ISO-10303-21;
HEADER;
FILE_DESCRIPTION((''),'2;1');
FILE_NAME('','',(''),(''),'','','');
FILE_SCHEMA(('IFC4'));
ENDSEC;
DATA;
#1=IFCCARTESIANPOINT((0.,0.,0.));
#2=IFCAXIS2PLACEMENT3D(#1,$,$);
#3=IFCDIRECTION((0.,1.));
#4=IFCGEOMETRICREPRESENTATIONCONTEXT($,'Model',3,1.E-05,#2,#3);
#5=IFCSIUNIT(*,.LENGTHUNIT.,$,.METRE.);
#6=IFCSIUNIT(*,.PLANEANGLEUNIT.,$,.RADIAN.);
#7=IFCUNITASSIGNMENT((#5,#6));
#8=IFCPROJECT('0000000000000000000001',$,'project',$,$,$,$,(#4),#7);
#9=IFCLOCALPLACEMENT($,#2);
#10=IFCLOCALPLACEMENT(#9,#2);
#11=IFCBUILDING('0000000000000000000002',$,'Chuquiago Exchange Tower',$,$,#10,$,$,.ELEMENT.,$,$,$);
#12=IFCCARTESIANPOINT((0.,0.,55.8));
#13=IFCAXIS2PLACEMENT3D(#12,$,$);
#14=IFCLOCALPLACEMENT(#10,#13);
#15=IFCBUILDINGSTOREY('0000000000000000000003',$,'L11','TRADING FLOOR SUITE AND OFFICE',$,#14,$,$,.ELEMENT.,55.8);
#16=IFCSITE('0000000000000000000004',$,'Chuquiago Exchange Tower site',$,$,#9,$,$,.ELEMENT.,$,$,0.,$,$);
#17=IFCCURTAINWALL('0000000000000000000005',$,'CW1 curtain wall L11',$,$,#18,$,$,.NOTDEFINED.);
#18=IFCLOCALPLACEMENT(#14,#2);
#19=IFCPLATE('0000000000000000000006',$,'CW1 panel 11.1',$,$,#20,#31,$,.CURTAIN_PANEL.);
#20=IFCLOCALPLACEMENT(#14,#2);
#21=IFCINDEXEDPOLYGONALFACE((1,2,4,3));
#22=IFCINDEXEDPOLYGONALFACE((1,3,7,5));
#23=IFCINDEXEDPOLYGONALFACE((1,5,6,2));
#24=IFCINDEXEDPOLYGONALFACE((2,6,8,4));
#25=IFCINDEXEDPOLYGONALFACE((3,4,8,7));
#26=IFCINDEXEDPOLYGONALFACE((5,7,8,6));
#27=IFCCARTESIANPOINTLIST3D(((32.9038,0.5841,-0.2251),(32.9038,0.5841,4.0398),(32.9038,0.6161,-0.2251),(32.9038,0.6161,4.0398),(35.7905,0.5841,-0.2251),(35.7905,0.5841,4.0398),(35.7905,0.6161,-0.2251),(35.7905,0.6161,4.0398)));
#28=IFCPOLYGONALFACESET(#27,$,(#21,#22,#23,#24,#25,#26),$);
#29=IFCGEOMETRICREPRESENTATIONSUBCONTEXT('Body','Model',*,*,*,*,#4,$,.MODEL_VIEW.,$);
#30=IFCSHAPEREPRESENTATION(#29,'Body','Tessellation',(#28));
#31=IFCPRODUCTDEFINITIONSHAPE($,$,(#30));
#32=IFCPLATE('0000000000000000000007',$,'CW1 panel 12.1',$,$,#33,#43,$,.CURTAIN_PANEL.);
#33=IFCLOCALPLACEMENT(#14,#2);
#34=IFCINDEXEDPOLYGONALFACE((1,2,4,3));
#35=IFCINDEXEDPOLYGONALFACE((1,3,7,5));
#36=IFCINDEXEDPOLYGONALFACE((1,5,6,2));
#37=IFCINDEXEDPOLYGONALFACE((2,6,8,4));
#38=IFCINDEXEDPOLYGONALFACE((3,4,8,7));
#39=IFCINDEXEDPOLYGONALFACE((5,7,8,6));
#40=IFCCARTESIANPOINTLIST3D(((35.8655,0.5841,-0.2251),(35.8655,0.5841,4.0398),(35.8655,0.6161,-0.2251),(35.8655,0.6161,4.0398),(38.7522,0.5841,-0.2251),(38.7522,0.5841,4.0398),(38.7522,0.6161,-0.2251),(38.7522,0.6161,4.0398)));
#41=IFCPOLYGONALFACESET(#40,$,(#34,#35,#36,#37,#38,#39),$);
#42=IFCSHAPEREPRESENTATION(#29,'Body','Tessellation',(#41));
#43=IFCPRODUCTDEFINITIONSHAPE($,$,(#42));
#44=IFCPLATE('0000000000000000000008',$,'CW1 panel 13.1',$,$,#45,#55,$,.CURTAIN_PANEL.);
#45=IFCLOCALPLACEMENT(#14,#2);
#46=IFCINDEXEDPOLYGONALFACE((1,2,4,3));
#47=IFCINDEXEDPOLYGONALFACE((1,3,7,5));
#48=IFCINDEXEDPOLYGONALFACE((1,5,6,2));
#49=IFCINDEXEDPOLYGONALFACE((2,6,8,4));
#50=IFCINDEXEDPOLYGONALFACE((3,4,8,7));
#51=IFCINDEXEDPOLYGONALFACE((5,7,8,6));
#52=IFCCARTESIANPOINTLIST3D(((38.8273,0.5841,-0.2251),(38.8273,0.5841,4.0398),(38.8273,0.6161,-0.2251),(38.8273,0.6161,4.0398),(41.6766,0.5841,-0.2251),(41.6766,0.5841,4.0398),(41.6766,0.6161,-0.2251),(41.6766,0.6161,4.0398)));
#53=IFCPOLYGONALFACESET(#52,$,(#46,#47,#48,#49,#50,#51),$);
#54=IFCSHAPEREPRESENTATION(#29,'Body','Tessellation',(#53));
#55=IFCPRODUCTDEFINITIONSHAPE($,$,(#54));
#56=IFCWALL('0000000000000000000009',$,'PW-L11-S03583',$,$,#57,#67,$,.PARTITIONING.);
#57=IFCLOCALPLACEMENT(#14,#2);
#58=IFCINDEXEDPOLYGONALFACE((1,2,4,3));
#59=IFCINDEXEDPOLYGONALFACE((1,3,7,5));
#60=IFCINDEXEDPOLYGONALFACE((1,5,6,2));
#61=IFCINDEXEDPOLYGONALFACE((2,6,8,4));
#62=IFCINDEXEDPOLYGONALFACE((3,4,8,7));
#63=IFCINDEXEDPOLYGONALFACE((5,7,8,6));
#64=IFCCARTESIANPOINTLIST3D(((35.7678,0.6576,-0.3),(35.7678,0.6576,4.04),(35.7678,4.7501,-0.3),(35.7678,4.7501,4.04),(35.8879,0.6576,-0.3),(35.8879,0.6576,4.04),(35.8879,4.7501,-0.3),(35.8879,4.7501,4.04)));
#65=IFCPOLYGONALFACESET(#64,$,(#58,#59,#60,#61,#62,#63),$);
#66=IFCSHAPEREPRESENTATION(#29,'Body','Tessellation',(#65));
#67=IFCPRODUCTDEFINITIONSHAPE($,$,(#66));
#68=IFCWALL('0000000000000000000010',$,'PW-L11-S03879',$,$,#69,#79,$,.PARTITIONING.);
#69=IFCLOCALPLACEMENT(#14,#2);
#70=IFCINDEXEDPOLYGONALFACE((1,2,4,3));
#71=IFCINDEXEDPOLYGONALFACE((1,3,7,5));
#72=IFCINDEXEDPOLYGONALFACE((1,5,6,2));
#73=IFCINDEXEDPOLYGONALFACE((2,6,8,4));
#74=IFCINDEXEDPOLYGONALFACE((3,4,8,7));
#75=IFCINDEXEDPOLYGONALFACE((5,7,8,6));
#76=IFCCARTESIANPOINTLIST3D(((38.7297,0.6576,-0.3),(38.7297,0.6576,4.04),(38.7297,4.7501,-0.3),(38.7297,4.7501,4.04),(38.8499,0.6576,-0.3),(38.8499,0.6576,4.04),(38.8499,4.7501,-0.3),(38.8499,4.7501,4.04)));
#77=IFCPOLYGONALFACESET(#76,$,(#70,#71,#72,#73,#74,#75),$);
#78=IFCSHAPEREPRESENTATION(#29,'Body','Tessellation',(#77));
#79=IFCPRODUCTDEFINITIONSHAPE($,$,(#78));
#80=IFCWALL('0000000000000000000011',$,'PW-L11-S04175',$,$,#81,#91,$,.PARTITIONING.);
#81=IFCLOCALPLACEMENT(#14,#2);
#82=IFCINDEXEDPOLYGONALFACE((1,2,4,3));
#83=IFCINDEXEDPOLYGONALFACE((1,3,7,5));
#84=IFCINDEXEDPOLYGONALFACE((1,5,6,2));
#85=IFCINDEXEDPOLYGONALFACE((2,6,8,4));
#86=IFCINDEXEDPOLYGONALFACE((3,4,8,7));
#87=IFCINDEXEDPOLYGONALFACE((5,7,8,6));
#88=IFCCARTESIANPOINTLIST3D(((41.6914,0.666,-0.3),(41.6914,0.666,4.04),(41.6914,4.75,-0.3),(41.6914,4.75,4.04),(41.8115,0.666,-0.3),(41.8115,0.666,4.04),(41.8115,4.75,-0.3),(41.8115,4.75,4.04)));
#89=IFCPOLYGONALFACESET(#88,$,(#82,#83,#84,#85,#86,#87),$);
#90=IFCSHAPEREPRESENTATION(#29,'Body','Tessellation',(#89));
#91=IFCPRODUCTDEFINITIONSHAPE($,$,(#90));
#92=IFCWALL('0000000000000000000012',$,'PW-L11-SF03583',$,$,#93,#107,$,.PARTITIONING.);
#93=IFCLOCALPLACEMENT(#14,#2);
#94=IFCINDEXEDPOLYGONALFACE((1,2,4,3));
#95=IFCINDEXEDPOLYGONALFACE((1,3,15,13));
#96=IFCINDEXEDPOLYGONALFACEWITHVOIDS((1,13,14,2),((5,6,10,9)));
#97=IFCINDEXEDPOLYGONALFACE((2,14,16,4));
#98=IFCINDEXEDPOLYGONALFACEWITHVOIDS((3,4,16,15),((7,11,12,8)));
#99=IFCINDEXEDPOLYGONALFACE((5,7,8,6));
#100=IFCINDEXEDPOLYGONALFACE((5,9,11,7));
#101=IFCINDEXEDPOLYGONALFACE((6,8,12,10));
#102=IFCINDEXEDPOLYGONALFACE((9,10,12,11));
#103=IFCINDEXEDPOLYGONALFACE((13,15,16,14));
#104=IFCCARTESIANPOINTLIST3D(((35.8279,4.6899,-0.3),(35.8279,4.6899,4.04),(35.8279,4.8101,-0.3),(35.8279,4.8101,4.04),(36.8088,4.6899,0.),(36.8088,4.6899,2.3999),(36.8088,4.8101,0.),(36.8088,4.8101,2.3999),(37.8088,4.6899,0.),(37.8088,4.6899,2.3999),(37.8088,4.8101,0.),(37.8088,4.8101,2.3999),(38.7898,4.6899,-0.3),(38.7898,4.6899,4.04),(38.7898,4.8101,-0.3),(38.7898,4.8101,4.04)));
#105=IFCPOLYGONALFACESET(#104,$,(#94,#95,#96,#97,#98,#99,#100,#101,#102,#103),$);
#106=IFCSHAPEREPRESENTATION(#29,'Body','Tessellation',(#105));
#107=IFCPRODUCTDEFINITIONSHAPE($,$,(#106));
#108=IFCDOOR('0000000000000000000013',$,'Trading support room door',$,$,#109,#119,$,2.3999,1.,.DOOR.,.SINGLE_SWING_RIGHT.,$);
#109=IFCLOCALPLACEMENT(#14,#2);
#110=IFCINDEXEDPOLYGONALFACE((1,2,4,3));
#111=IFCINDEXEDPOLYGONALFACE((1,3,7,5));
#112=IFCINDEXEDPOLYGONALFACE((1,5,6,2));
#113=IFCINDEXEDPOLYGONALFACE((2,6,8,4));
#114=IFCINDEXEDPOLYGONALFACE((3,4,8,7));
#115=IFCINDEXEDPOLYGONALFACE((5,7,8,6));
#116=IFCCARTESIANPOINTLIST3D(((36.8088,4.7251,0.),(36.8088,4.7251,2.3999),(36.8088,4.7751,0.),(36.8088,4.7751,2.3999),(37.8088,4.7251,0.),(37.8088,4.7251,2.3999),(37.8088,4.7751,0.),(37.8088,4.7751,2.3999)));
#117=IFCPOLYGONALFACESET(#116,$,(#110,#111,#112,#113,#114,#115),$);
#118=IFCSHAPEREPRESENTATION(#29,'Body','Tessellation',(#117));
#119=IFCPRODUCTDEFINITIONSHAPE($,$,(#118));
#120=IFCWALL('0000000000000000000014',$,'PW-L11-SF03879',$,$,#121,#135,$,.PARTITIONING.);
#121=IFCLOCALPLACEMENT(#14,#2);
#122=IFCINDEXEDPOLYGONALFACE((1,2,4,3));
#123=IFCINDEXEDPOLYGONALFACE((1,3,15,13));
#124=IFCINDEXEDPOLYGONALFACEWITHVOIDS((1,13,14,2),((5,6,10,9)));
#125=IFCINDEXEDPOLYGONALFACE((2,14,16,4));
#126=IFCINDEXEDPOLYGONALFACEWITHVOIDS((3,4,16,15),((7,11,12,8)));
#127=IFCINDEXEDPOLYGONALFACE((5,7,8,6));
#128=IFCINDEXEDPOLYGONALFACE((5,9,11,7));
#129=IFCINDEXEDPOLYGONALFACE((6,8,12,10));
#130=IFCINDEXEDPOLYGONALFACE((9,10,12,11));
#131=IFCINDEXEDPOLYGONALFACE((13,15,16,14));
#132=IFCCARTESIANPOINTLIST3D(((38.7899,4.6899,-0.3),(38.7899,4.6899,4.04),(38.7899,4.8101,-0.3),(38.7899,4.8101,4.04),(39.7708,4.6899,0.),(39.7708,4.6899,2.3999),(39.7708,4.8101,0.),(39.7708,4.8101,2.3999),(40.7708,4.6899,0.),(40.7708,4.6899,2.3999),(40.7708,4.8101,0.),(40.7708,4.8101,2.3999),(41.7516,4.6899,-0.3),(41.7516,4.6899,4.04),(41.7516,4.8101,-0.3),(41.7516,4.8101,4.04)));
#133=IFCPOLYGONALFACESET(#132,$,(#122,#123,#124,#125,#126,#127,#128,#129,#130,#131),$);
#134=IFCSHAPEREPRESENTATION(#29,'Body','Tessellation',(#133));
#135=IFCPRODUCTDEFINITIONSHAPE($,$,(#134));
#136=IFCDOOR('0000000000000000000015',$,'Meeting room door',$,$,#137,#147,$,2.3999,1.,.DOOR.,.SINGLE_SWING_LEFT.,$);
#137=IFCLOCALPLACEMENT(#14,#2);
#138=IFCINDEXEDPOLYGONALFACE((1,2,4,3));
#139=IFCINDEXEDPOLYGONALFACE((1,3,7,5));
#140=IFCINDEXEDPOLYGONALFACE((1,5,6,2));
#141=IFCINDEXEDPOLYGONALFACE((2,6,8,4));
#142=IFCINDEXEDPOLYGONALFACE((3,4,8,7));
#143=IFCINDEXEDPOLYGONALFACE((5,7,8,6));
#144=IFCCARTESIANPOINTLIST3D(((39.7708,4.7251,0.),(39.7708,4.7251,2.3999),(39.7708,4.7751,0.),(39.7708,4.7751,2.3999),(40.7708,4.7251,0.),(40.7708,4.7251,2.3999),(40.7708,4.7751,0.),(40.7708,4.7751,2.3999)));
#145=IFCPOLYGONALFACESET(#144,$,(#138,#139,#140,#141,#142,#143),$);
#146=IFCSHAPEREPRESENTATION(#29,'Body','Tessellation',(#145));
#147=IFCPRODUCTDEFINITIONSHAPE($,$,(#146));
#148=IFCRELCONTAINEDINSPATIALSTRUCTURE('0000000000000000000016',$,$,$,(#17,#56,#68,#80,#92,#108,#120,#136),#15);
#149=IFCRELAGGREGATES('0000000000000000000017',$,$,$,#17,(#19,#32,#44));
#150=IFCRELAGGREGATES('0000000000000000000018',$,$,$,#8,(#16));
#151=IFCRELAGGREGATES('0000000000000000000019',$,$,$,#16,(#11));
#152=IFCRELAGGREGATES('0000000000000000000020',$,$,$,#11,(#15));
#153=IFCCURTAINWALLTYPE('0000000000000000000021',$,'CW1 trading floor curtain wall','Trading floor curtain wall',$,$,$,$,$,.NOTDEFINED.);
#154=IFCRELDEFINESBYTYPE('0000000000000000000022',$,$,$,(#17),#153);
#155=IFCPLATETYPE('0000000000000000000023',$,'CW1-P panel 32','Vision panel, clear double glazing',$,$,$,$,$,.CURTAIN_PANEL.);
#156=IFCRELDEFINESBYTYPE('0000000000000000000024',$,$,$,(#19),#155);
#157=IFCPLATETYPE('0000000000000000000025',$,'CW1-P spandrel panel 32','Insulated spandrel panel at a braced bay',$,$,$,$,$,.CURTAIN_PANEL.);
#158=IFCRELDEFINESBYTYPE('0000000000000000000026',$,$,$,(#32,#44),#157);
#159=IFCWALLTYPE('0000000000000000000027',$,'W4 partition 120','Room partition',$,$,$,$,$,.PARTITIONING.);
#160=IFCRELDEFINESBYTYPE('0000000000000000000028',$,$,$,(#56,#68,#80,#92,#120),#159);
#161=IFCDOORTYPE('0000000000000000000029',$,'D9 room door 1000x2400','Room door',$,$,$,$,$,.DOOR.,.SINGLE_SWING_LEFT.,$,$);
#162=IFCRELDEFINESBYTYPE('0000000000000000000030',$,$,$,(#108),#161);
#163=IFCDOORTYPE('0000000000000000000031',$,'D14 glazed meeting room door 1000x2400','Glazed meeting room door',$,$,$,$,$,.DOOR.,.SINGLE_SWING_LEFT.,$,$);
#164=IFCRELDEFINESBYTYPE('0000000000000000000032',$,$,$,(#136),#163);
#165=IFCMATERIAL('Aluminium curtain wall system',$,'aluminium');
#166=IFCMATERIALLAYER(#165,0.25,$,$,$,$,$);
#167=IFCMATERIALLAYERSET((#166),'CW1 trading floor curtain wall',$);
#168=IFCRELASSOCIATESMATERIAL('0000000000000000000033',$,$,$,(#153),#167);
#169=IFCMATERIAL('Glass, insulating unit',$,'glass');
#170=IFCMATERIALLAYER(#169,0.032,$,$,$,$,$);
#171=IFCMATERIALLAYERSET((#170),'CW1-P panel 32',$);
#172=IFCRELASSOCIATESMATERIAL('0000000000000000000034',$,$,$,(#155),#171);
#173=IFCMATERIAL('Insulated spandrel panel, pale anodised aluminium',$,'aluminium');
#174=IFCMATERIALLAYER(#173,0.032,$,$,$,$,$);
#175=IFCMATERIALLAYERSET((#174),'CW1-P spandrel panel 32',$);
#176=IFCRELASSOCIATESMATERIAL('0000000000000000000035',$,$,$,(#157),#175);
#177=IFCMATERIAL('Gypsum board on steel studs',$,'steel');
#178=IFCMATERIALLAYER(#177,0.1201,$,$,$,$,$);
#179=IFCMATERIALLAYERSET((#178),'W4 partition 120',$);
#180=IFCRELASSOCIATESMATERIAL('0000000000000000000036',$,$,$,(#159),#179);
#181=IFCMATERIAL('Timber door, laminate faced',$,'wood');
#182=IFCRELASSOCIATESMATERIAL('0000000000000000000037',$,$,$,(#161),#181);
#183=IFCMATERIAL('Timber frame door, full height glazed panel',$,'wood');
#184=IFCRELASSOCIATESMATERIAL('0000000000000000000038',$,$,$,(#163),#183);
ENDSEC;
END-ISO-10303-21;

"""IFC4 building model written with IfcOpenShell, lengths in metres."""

from ifc_helpers import new_model, si_unit, direction, frame, frame_2d, origin, origin_2d, place, context, subcontext, project, spatial, rectangle, extrude, material, layer, layer_set, type_object, element, fill, aggregate, save


model = new_model("IFC4")

# Units and contexts
model_context = context("Model", 3, precision=1e-05, world=origin(), true_north=direction((0.0, 1.0)))
body_context = subcontext(model_context, "Body", "Model", "MODEL_VIEW")
ifc_project = project(units=[si_unit("LENGTHUNIT", "METRE"), si_unit("PLANEANGLEUNIT", "RADIAN")], contexts=[model_context])

# Site, building, storey
site_placement = place(None, origin())
site = spatial("IfcSite", under=ifc_project, at=site_placement, Name="Chuquiago Exchange Tower site", CompositionType="ELEMENT", RefElevation=0.0)
building_placement = place(site_placement, origin())
building = spatial("IfcBuilding", under=site, at=building_placement, Name="Chuquiago Exchange Tower", CompositionType="ELEMENT")
storey_placement = place(building_placement, frame((0.0, 0.0, 55.8)))
storey = spatial("IfcBuildingStorey", under=building, at=storey_placement, Name="L11", Description="TRADING FLOOR SUITE AND OFFICE", CompositionType="ELEMENT", Elevation=55.8)

# Curtain wall
ifc_material_1 = material(Name="Aluminium curtain wall system", Category="aluminium")
ifc_layer_1 = layer(ifc_material_1, 0.25)
ifc_layer_set_1 = layer_set([ifc_layer_1], Name="CW1 trading floor curtain wall")
curtain_wall_type_1 = type_object("IfcCurtainWallType", Name="CW1 trading floor curtain wall", Description="Trading floor curtain wall", PredefinedType="NOTDEFINED", material=ifc_layer_set_1)
curtain_wall_1_placement = place(storey_placement, origin())
curtain_wall_1 = element("IfcCurtainWall", 1, at=curtain_wall_1_placement, inside=storey, type_object=curtain_wall_type_1, Name="CW1 curtain wall L11", PredefinedType="NOTDEFINED")

# Plates
ifc_material_2 = material(Name="Glass, insulating unit", Category="glass")
ifc_layer_2 = layer(ifc_material_2, 0.032)
ifc_layer_set_2 = layer_set([ifc_layer_2], Name="CW1-P panel 32")
plate_type_1 = type_object("IfcPlateType", Name="CW1-P panel 32", Description="Vision panel, clear double glazing", PredefinedType="CURTAIN_PANEL", material=ifc_layer_set_2)
plate_1_placement = place(storey_placement, frame((34.3472, 0.6001, -0.2251), z_axis=(0.0, 0.0, 1.0), x_axis=(1.0, 0.0, 0.0)))
plate_1 = element("IfcPlate", 2, at=plate_1_placement, type_object=plate_type_1, Name="CW1 panel 11.1", PredefinedType="CURTAIN_PANEL", context=body_context, shape_type="SweptSolid", body=[
    extrude(rectangle(XDim=2.8867, YDim=0.032, at=origin_2d()), origin(), (0.0, 0.0, 1.0), 4.2649),
])
ifc_material_3 = material(Name="Insulated spandrel panel, pale anodised aluminium", Category="aluminium")
ifc_layer_3 = layer(ifc_material_3, 0.032)
ifc_layer_set_3 = layer_set([ifc_layer_3], Name="CW1-P spandrel panel 32")
plate_type_2 = type_object("IfcPlateType", Name="CW1-P spandrel panel 32", Description="Insulated spandrel panel at a braced bay", PredefinedType="CURTAIN_PANEL", material=ifc_layer_set_3)
plate_2_placement = place(storey_placement, frame((37.3088, 0.6001, -0.2251), z_axis=(0.0, 0.0, 1.0), x_axis=(1.0, 0.0, 0.0)))
plate_2 = element("IfcPlate", 3, at=plate_2_placement, type_object=plate_type_2, Name="CW1 panel 12.1", PredefinedType="CURTAIN_PANEL", context=body_context, shape_type="SweptSolid", body=[
    extrude(rectangle(XDim=2.8867, YDim=0.032, at=origin_2d()), origin(), (0.0, 0.0, 1.0), 4.2649),
])
plate_3_placement = place(storey_placement, frame((40.252, 0.6001, -0.2251), z_axis=(0.0, 0.0, 1.0), x_axis=(1.0, 0.0, 0.0)))
plate_3 = element("IfcPlate", 4, at=plate_3_placement, type_object=plate_type_2, Name="CW1 panel 13.1", PredefinedType="CURTAIN_PANEL", context=body_context, shape_type="SweptSolid", body=[
    extrude(rectangle(XDim=2.8494, YDim=0.032, at=origin_2d()), origin(), (0.0, 0.0, 1.0), 4.2649),
])
aggregate(curtain_wall_1, [plate_1, plate_2, plate_3])

# Walls
ifc_material_4 = material(Name="Gypsum board on steel studs", Category="steel")
ifc_layer_4 = layer(ifc_material_4, 0.1201)
ifc_layer_set_4 = layer_set([ifc_layer_4], Name="W4 partition 120")
wall_type = type_object("IfcWallType", Name="W4 partition 120", Description="Room partition", PredefinedType="PARTITIONING", material=ifc_layer_set_4)
for number, where, z_axis, x_axis, name in (
    (5, (35.8279, 0.6575, -0.3), (0.0, 0.0, 1.0), (0.0, 1.0, 0.0), "PW-L11-S03583"),
    (6, (38.7898, 0.6575, -0.3), (0.0, 0.0, 1.0), (0.0, 1.0, 0.0), "PW-L11-S03879"),
):
    element("IfcWall", number, at=place(storey_placement, frame(where, z_axis=z_axis, x_axis=x_axis)), inside=storey, type_object=wall_type, Name=name, PredefinedType="PARTITIONING", context=body_context, shape_type="SweptSolid", body=[
        extrude(rectangle(XDim=4.0925, YDim=0.1201, at=frame_2d((2.0464, 0.0))), origin(), (0.0, 0.0, 1.0), 4.3401),
    ])
wall_1_placement = place(storey_placement, frame((41.7515, 0.666, -0.3), z_axis=(0.0, 0.0, 1.0), x_axis=(0.0, 1.0, 0.0)))
element("IfcWall", 7, at=wall_1_placement, inside=storey, type_object=wall_type, Name="PW-L11-S04175", PredefinedType="PARTITIONING", context=body_context, shape_type="SweptSolid", body=[
    extrude(rectangle(XDim=4.084, YDim=0.1201, at=frame_2d((2.042, 0.0))), origin(), (0.0, 0.0, 1.0), 4.3401),
])

# Walls, openings, doors
wall_2_placement = place(storey_placement, frame((35.8279, 4.75, -0.3), z_axis=(0.0, 0.0, 1.0), x_axis=(1.0, 0.0, 0.0)))
wall_2 = element("IfcWall", 8, at=wall_2_placement, inside=storey, type_object=wall_type, Name="PW-L11-SF03583", PredefinedType="PARTITIONING", context=body_context, shape_type="SweptSolid", body=[
    extrude(rectangle(XDim=2.9619, YDim=0.1201, at=frame_2d((1.481, 0.0))), origin(), (0.0, 0.0, 1.0), 4.3401),
])
opening_1_placement = place(wall_2_placement, frame((0.981, 0.0, 0.3)))
opening_1 = element("IfcOpeningElement", 9, at=opening_1_placement, cuts=wall_2, PredefinedType="OPENING", context=body_context, shape_type="SweptSolid", body=[
    extrude(rectangle(XDim=1.0, YDim=2.3999, at=frame_2d((0.5, 1.2))), frame((0.0, 0.0701, 0.0), z_axis=(0.0, -1.0, 0.0), x_axis=(1.0, 0.0, 0.0)), (0.0, 0.0, 1.0), 0.1401),
])
ifc_material_5 = material(Name="Timber door, laminate faced", Category="wood")
door_type_1 = type_object("IfcDoorType", Name="D9 room door 1000x2400", Description="Room door", OperationType="SINGLE_SWING_LEFT", PredefinedType="DOOR", material=ifc_material_5)
door_1_placement = place(opening_1_placement, frame((1.0, 0.0, 0.0), z_axis=(0.0, 0.0, 1.0), x_axis=(-1.0, 0.0, 0.0)))
door_1 = element("IfcDoor", 10, at=door_1_placement, inside=storey, type_object=door_type_1, Name="Trading support room door", OperationType="SINGLE_SWING_RIGHT", OverallHeight=2.3999, OverallWidth=1.0, PredefinedType="DOOR", context=body_context, shape_type="SweptSolid", body=[
    extrude(rectangle(XDim=1.0, YDim=2.3999, at=frame_2d((0.5, 1.2))), frame((0.0, 0.0249, 0.0), z_axis=(0.0, -1.0, 0.0), x_axis=(1.0, 0.0, 0.0)), (0.0, 0.0, 1.0), 0.05),
])
fill(opening_1, door_1)
wall_3_placement = place(storey_placement, frame((38.7898, 4.75, -0.3), z_axis=(0.0, 0.0, 1.0), x_axis=(1.0, 0.0, 0.0)))
wall_3 = element("IfcWall", 11, at=wall_3_placement, inside=storey, type_object=wall_type, Name="PW-L11-SF03879", PredefinedType="PARTITIONING", context=body_context, shape_type="SweptSolid", body=[
    extrude(rectangle(XDim=2.9617, YDim=0.1201, at=frame_2d((1.481, 0.0))), origin(), (0.0, 0.0, 1.0), 4.3401),
])
opening_2_placement = place(wall_3_placement, frame((0.981, 0.0, 0.3)))
opening_2 = element("IfcOpeningElement", 12, at=opening_2_placement, cuts=wall_3, PredefinedType="OPENING", context=body_context, shape_type="SweptSolid", body=[
    extrude(rectangle(XDim=1.0, YDim=2.3999, at=frame_2d((0.5, 1.2))), frame((0.0, 0.0701, 0.0), z_axis=(0.0, -1.0, 0.0), x_axis=(1.0, 0.0, 0.0)), (0.0, 0.0, 1.0), 0.1401),
])
ifc_material_6 = material(Name="Timber frame door, full height glazed panel", Category="wood")
door_type_2 = type_object("IfcDoorType", Name="D14 glazed meeting room door 1000x2400", Description="Glazed meeting room door", OperationType="SINGLE_SWING_LEFT", PredefinedType="DOOR", material=ifc_material_6)
door_2_placement = place(opening_2_placement, frame((1.0, 0.0, 0.0), z_axis=(0.0, 0.0, 1.0), x_axis=(-1.0, 0.0, 0.0)))
door_2 = element("IfcDoor", 13, at=door_2_placement, inside=storey, type_object=door_type_2, Name="Meeting room door", OperationType="SINGLE_SWING_LEFT", OverallHeight=2.3999, OverallWidth=1.0, PredefinedType="DOOR", context=body_context, shape_type="SweptSolid", body=[
    extrude(rectangle(XDim=1.0, YDim=2.3999, at=frame_2d((0.5, 1.2))), frame((0.0, 0.0249, 0.0), z_axis=(0.0, -1.0, 0.0), x_axis=(1.0, 0.0, 0.0)), (0.0, 0.0, 1.0), 0.05),
])
fill(opening_2, door_2)

save(model, "model.ifc")
